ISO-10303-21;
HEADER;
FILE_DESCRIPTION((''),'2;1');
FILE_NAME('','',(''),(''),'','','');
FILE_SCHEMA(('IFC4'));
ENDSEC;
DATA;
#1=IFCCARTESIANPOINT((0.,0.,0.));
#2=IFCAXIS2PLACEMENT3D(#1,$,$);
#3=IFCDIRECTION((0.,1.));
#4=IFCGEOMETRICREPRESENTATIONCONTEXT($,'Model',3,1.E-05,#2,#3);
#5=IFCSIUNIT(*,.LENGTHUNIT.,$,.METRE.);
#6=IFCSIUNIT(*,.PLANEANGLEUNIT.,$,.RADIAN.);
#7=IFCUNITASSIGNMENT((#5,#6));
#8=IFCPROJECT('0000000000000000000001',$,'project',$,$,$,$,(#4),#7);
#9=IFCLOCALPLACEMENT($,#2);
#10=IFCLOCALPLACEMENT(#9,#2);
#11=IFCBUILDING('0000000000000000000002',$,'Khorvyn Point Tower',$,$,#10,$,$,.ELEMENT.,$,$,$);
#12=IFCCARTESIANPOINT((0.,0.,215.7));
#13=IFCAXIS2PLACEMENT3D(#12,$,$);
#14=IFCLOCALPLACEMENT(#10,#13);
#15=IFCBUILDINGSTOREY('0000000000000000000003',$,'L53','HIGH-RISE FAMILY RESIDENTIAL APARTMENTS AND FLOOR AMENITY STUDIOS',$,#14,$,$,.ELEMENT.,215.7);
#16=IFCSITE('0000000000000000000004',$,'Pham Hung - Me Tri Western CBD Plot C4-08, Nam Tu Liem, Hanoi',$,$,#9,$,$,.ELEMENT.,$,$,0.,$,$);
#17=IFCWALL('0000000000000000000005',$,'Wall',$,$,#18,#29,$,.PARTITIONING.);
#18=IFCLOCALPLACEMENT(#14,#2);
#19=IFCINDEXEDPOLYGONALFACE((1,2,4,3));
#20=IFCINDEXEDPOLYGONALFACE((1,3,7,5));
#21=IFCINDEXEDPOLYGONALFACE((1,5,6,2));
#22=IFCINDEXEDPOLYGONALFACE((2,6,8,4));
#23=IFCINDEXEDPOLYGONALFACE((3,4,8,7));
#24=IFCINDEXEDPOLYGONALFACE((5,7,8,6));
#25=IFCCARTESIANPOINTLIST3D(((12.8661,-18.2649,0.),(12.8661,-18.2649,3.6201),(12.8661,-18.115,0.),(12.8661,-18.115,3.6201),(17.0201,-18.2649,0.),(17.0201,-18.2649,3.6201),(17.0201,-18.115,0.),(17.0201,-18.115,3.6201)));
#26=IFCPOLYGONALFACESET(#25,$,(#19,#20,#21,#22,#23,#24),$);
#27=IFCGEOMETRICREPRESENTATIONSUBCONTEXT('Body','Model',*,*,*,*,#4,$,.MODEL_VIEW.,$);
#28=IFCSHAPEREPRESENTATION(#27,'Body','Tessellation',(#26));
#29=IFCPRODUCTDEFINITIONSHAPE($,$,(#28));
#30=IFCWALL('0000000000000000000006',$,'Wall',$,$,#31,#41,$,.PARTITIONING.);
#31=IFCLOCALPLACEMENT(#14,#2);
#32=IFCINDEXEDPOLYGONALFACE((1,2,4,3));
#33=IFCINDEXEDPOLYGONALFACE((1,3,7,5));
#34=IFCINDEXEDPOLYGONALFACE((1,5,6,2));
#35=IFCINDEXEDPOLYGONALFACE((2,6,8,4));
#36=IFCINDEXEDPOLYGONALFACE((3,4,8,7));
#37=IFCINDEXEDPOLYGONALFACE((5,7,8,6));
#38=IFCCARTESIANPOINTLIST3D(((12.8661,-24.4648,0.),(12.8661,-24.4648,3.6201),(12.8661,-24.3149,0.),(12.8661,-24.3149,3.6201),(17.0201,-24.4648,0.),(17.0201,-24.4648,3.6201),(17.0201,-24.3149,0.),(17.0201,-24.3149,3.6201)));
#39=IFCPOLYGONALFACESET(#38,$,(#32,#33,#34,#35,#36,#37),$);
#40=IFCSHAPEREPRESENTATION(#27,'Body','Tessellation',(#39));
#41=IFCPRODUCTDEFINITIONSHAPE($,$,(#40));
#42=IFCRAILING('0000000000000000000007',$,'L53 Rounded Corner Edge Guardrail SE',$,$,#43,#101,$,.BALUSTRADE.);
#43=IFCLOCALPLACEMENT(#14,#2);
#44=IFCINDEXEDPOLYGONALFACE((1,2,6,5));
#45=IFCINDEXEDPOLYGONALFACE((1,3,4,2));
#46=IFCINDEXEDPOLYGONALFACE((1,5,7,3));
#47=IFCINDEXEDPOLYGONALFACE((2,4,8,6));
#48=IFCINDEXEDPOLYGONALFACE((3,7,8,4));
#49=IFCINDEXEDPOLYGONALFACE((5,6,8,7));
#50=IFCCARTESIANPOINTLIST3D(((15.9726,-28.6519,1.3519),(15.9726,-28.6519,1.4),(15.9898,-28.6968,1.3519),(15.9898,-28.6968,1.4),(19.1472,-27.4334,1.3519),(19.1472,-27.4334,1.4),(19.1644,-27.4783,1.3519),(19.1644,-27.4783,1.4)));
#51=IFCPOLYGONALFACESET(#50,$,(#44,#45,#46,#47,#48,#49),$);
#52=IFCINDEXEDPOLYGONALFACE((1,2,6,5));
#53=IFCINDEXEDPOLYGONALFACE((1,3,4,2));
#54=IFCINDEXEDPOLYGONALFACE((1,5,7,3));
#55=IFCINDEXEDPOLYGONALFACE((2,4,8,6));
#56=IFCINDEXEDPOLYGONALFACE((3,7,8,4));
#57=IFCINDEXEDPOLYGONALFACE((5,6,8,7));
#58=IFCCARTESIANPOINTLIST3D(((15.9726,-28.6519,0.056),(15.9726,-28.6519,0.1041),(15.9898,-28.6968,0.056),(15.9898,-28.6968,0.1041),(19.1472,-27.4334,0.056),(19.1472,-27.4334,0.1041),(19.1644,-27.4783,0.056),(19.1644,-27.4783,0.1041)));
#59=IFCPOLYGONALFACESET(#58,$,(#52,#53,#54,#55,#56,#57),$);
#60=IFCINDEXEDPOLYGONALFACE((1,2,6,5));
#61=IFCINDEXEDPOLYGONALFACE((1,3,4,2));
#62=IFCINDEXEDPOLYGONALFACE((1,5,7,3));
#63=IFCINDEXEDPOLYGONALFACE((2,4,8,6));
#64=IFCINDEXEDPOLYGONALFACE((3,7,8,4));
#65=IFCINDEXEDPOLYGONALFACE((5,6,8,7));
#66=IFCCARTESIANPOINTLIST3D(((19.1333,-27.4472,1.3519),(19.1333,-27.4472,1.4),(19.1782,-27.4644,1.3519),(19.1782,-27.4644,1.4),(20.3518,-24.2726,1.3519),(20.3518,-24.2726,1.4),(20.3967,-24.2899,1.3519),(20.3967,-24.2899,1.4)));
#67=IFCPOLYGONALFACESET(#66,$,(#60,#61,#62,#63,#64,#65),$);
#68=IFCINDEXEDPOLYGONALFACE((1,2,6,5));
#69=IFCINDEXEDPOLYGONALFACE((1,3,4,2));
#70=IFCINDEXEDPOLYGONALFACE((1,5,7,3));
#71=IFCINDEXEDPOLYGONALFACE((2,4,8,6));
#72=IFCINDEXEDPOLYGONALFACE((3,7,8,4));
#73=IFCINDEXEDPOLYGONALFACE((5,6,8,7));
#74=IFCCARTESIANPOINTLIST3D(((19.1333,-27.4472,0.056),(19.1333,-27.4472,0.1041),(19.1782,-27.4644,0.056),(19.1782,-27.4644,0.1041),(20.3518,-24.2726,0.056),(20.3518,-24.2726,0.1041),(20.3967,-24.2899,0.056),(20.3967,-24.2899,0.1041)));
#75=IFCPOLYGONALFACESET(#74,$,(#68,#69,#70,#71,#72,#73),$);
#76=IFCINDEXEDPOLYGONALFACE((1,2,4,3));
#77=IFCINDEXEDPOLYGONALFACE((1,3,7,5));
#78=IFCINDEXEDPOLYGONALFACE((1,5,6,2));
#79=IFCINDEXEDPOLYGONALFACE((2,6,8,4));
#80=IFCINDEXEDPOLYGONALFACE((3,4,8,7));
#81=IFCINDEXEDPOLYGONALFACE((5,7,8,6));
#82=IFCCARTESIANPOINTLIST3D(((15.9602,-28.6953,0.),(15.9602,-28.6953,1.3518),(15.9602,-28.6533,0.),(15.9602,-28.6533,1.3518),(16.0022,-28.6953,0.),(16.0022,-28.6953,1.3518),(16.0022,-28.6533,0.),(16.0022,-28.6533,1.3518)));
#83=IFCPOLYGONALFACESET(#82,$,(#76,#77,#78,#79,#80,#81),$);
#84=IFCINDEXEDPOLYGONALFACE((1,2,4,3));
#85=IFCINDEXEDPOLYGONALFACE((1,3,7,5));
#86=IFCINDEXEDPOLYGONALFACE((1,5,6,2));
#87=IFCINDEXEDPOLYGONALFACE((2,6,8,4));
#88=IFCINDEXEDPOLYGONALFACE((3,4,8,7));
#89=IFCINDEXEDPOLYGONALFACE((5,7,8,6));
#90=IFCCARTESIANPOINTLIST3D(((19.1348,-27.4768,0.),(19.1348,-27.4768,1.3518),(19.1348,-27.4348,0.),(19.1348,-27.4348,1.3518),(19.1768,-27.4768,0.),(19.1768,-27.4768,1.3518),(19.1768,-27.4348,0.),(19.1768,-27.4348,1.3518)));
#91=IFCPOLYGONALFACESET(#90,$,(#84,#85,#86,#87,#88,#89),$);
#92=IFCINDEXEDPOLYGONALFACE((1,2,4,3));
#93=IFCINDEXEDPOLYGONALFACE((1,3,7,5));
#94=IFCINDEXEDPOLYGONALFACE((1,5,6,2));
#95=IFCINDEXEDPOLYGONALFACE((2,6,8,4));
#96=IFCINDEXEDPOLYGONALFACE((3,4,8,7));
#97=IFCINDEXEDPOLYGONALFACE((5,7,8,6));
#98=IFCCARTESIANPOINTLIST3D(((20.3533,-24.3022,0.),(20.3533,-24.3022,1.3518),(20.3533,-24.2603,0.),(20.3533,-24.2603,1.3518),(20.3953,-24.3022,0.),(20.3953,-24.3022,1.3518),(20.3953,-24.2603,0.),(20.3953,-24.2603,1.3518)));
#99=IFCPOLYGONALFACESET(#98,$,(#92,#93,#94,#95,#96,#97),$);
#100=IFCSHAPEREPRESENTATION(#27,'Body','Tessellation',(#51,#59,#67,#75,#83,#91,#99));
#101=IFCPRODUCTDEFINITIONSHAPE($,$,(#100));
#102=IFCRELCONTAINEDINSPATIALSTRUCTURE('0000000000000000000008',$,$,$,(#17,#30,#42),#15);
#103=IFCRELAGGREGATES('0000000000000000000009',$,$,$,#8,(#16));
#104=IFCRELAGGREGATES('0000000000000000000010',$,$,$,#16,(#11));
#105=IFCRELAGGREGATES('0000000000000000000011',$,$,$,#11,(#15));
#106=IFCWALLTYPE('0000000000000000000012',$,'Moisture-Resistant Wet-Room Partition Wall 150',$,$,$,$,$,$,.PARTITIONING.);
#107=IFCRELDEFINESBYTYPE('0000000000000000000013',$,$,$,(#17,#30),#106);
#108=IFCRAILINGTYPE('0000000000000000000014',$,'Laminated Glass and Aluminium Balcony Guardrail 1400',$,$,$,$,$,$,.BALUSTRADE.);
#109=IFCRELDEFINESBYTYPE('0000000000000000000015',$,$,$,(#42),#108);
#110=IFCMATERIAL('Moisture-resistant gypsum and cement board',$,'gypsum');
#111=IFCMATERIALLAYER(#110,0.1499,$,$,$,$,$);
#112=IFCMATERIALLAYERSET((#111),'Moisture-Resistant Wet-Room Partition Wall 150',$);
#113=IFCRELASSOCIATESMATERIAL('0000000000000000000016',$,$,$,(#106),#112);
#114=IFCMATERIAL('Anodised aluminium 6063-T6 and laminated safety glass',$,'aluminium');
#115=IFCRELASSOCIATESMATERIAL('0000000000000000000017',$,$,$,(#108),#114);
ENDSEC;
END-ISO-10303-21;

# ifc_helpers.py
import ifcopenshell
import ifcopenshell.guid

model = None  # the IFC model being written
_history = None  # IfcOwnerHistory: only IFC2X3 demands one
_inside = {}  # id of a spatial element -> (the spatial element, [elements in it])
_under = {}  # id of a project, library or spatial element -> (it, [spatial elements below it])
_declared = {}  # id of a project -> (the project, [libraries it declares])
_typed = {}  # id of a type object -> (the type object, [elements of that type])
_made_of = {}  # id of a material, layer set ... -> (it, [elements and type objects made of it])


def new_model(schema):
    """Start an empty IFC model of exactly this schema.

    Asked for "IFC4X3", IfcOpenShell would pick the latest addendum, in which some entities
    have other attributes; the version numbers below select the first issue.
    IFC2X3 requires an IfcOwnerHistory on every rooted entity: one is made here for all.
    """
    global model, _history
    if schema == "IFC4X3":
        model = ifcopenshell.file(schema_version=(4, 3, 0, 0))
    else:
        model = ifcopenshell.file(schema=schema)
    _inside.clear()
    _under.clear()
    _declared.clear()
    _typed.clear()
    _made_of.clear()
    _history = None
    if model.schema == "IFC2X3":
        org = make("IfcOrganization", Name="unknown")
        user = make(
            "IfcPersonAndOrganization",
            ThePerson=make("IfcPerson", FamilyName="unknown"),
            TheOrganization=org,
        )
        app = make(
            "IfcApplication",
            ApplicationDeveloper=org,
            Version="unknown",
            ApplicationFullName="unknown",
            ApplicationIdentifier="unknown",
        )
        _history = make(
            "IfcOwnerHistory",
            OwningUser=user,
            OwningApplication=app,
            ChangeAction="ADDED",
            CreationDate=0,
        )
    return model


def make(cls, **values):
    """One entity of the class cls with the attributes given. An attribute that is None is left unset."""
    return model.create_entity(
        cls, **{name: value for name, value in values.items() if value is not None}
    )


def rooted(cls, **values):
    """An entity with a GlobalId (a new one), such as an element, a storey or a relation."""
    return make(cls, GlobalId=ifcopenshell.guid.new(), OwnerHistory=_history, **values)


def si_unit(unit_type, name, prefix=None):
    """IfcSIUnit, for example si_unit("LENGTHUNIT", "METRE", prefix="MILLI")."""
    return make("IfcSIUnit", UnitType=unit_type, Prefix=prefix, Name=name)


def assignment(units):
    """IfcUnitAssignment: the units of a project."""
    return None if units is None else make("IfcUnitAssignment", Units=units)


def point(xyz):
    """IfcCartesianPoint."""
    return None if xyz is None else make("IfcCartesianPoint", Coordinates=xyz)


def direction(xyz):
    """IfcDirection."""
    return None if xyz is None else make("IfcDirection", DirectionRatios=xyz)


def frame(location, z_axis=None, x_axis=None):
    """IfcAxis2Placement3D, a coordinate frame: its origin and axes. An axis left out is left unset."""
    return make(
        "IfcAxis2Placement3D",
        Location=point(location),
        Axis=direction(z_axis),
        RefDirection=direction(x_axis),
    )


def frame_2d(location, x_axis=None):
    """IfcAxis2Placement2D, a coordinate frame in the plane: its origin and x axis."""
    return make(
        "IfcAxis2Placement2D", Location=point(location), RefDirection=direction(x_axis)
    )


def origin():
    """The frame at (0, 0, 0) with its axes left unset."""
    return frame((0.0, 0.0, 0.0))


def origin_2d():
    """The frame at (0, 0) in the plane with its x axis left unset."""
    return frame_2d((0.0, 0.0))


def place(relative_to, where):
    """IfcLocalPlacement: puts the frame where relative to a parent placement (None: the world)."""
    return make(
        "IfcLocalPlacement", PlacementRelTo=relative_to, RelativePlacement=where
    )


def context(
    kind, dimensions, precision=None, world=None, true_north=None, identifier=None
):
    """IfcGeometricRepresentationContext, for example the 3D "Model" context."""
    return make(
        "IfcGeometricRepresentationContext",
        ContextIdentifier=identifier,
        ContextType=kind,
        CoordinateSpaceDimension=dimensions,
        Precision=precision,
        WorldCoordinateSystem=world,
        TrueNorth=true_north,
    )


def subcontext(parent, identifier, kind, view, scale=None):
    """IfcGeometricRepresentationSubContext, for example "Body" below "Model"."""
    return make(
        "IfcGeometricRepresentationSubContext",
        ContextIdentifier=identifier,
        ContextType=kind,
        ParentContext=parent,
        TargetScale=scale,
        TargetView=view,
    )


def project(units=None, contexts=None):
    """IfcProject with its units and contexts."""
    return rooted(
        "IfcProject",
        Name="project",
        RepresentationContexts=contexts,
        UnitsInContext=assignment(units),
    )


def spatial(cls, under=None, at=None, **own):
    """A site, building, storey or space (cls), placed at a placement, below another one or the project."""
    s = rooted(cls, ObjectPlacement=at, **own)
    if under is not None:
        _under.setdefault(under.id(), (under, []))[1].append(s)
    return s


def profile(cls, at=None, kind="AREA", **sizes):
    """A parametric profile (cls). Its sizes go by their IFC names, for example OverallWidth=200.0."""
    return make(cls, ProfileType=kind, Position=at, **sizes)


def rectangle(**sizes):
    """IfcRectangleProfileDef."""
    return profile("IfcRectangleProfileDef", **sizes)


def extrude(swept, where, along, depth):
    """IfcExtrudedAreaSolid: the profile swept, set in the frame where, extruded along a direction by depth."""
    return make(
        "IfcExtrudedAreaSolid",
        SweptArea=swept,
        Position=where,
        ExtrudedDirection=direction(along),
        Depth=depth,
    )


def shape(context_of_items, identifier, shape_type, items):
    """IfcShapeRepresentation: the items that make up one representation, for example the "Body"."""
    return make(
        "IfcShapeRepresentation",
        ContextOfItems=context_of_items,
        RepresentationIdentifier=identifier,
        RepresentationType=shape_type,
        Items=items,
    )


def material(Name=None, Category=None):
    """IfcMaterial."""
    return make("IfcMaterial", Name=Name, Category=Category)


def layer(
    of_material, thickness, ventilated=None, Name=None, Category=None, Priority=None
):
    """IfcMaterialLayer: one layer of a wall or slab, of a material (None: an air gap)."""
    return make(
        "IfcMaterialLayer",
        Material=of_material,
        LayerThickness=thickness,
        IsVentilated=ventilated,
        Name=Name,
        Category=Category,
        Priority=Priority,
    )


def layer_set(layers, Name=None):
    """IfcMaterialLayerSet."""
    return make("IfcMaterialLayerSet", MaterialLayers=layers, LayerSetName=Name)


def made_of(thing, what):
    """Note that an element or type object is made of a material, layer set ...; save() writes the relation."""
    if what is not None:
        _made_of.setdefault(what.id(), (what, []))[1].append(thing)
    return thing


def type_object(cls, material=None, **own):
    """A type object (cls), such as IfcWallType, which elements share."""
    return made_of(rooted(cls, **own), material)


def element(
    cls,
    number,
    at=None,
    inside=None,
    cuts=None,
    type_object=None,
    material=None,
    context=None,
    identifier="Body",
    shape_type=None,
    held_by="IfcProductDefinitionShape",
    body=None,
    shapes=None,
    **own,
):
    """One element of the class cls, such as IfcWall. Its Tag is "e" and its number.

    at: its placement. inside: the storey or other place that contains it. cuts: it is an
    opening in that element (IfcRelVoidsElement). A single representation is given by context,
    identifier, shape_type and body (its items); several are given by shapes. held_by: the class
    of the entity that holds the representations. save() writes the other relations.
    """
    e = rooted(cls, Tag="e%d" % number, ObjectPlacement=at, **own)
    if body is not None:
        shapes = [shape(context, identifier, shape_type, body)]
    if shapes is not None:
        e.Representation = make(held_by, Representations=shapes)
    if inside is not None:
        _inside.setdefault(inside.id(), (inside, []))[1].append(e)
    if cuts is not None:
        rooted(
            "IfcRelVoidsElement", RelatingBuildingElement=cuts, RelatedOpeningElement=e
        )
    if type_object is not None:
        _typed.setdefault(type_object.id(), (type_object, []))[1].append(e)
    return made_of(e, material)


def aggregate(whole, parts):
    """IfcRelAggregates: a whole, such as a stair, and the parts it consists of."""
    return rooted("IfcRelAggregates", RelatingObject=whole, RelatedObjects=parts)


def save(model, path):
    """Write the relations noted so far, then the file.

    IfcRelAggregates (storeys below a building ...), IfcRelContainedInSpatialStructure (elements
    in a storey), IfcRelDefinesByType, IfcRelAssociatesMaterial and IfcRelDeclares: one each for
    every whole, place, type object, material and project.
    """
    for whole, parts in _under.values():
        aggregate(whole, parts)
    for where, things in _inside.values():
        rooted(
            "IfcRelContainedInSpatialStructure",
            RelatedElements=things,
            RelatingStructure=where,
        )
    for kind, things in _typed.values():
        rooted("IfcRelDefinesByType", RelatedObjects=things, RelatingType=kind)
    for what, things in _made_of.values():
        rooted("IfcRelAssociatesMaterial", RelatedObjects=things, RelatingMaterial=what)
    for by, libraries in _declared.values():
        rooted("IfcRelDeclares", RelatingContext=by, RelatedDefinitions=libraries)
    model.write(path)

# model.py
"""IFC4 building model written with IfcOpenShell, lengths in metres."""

from ifc_helpers import new_model, si_unit, direction, frame, frame_2d, origin, origin_2d, place, context, subcontext, project, spatial, rectangle, extrude, material, layer, layer_set, type_object, element, save


model = new_model("IFC4")

# Units and contexts
model_context = context("Model", 3, precision=1e-05, world=origin(), true_north=direction((0.0, 1.0)))
body_context = subcontext(model_context, "Body", "Model", "MODEL_VIEW")
ifc_project = project(units=[si_unit("LENGTHUNIT", "METRE"), si_unit("PLANEANGLEUNIT", "RADIAN")], contexts=[model_context])

# Site, building, storey
site_placement = place(None, origin())
site = spatial("IfcSite", under=ifc_project, at=site_placement, Name="Pham Hung - Me Tri Western CBD Plot C4-08, Nam Tu Liem, Hanoi", CompositionType="ELEMENT", RefElevation=0.0)
building_placement = place(site_placement, origin())
building = spatial("IfcBuilding", under=site, at=building_placement, Name="Khorvyn Point Tower", CompositionType="ELEMENT")
storey_placement = place(building_placement, frame((0.0, 0.0, 215.7)))
storey = spatial("IfcBuildingStorey", under=building, at=storey_placement, Name="L53", Description="HIGH-RISE FAMILY RESIDENTIAL APARTMENTS AND FLOOR AMENITY STUDIOS", CompositionType="ELEMENT", Elevation=215.7)

# Shared definitions
ifc_material_1 = material(Name="Moisture-resistant gypsum and cement board", Category="gypsum")
ifc_layer_1 = layer(ifc_material_1, 0.1499)
ifc_layer_set_1 = layer_set([ifc_layer_1], Name="Moisture-Resistant Wet-Room Partition Wall 150")
wall_type_1 = type_object("IfcWallType", Name="Moisture-Resistant Wet-Room Partition Wall 150", PredefinedType="PARTITIONING", material=ifc_layer_set_1)

# Walls
for number, where, z_axis, x_axis, name in (
    (1, (12.866, -18.1899, 0.0), (0.0, 0.0, 1.0), (1.0, 0.0, 0.0), "Wall"),
    (2, (12.866, -24.3899, 0.0), (0.0, 0.0, 1.0), (1.0, 0.0, 0.0), "Wall"),
):
    element("IfcWall", number, at=place(storey_placement, frame(where, z_axis=z_axis, x_axis=x_axis)), inside=storey, type_object=wall_type_1, Name=name, PredefinedType="PARTITIONING", context=body_context, shape_type="SweptSolid", body=[
        extrude(rectangle(XDim=4.1541, YDim=0.1499, at=frame_2d((2.0771, 0.0))), origin(), (0.0, 0.0, 1.0), 3.6201),
    ])

# Railing
ifc_material_2 = material(Name="Anodised aluminium 6063-T6 and laminated safety glass", Category="aluminium")
railing_type = type_object("IfcRailingType", Name="Laminated Glass and Aluminium Balcony Guardrail 1400", PredefinedType="BALUSTRADE", material=ifc_material_2)
railing_1_placement = place(storey_placement, frame((15.9812, -28.6743, 0.0)))
element("IfcRailing", 3, at=railing_1_placement, inside=storey, type_object=railing_type, Name="L53 Rounded Corner Edge Guardrail SE", PredefinedType="BALUSTRADE", context=body_context, shape_type="SweptSolid", body=[
    extrude(rectangle(XDim=0.0481, YDim=0.0481, at=origin_2d()), frame((0.0, 0.0, 1.376), z_axis=(0.93359, 0.358344, 0.0), x_axis=(-0.358344, 0.93359, 0.0)), (0.0, 0.0, 1.0), 3.4004),
    extrude(rectangle(XDim=0.0481, YDim=0.0481, at=origin_2d()), frame((0.0, 0.0, 0.0801), z_axis=(0.93359, 0.358344, 0.0), x_axis=(-0.358344, 0.93359, 0.0)), (0.0, 0.0, 1.0), 3.4004),
    extrude(rectangle(XDim=0.0481, YDim=0.0481, at=origin_2d()), frame((3.1746, 1.2185, 1.376), z_axis=(0.358344, 0.93359, 0.0), x_axis=(-0.93359, 0.358344, 0.0)), (0.0, 0.0, 1.0), 3.4004),
    extrude(rectangle(XDim=0.0481, YDim=0.0481, at=origin_2d()), frame((3.1746, 1.2185, 0.0801), z_axis=(0.358344, 0.93359, 0.0), x_axis=(-0.93359, 0.358344, 0.0)), (0.0, 0.0, 1.0), 3.4004),
    extrude(rectangle(XDim=0.042, YDim=0.042, at=origin_2d()), origin(), (0.0, 0.0, 1.0), 1.3518),
    extrude(rectangle(XDim=0.042, YDim=0.042, at=origin_2d()), frame((3.1746, 1.2185, 0.0)), (0.0, 0.0, 1.0), 1.3518),
    extrude(rectangle(XDim=0.042, YDim=0.042, at=origin_2d()), frame((4.3931, 4.3931, 0.0)), (0.0, 0.0, 1.0), 1.3518),
])

save(model, "model.ifc")
